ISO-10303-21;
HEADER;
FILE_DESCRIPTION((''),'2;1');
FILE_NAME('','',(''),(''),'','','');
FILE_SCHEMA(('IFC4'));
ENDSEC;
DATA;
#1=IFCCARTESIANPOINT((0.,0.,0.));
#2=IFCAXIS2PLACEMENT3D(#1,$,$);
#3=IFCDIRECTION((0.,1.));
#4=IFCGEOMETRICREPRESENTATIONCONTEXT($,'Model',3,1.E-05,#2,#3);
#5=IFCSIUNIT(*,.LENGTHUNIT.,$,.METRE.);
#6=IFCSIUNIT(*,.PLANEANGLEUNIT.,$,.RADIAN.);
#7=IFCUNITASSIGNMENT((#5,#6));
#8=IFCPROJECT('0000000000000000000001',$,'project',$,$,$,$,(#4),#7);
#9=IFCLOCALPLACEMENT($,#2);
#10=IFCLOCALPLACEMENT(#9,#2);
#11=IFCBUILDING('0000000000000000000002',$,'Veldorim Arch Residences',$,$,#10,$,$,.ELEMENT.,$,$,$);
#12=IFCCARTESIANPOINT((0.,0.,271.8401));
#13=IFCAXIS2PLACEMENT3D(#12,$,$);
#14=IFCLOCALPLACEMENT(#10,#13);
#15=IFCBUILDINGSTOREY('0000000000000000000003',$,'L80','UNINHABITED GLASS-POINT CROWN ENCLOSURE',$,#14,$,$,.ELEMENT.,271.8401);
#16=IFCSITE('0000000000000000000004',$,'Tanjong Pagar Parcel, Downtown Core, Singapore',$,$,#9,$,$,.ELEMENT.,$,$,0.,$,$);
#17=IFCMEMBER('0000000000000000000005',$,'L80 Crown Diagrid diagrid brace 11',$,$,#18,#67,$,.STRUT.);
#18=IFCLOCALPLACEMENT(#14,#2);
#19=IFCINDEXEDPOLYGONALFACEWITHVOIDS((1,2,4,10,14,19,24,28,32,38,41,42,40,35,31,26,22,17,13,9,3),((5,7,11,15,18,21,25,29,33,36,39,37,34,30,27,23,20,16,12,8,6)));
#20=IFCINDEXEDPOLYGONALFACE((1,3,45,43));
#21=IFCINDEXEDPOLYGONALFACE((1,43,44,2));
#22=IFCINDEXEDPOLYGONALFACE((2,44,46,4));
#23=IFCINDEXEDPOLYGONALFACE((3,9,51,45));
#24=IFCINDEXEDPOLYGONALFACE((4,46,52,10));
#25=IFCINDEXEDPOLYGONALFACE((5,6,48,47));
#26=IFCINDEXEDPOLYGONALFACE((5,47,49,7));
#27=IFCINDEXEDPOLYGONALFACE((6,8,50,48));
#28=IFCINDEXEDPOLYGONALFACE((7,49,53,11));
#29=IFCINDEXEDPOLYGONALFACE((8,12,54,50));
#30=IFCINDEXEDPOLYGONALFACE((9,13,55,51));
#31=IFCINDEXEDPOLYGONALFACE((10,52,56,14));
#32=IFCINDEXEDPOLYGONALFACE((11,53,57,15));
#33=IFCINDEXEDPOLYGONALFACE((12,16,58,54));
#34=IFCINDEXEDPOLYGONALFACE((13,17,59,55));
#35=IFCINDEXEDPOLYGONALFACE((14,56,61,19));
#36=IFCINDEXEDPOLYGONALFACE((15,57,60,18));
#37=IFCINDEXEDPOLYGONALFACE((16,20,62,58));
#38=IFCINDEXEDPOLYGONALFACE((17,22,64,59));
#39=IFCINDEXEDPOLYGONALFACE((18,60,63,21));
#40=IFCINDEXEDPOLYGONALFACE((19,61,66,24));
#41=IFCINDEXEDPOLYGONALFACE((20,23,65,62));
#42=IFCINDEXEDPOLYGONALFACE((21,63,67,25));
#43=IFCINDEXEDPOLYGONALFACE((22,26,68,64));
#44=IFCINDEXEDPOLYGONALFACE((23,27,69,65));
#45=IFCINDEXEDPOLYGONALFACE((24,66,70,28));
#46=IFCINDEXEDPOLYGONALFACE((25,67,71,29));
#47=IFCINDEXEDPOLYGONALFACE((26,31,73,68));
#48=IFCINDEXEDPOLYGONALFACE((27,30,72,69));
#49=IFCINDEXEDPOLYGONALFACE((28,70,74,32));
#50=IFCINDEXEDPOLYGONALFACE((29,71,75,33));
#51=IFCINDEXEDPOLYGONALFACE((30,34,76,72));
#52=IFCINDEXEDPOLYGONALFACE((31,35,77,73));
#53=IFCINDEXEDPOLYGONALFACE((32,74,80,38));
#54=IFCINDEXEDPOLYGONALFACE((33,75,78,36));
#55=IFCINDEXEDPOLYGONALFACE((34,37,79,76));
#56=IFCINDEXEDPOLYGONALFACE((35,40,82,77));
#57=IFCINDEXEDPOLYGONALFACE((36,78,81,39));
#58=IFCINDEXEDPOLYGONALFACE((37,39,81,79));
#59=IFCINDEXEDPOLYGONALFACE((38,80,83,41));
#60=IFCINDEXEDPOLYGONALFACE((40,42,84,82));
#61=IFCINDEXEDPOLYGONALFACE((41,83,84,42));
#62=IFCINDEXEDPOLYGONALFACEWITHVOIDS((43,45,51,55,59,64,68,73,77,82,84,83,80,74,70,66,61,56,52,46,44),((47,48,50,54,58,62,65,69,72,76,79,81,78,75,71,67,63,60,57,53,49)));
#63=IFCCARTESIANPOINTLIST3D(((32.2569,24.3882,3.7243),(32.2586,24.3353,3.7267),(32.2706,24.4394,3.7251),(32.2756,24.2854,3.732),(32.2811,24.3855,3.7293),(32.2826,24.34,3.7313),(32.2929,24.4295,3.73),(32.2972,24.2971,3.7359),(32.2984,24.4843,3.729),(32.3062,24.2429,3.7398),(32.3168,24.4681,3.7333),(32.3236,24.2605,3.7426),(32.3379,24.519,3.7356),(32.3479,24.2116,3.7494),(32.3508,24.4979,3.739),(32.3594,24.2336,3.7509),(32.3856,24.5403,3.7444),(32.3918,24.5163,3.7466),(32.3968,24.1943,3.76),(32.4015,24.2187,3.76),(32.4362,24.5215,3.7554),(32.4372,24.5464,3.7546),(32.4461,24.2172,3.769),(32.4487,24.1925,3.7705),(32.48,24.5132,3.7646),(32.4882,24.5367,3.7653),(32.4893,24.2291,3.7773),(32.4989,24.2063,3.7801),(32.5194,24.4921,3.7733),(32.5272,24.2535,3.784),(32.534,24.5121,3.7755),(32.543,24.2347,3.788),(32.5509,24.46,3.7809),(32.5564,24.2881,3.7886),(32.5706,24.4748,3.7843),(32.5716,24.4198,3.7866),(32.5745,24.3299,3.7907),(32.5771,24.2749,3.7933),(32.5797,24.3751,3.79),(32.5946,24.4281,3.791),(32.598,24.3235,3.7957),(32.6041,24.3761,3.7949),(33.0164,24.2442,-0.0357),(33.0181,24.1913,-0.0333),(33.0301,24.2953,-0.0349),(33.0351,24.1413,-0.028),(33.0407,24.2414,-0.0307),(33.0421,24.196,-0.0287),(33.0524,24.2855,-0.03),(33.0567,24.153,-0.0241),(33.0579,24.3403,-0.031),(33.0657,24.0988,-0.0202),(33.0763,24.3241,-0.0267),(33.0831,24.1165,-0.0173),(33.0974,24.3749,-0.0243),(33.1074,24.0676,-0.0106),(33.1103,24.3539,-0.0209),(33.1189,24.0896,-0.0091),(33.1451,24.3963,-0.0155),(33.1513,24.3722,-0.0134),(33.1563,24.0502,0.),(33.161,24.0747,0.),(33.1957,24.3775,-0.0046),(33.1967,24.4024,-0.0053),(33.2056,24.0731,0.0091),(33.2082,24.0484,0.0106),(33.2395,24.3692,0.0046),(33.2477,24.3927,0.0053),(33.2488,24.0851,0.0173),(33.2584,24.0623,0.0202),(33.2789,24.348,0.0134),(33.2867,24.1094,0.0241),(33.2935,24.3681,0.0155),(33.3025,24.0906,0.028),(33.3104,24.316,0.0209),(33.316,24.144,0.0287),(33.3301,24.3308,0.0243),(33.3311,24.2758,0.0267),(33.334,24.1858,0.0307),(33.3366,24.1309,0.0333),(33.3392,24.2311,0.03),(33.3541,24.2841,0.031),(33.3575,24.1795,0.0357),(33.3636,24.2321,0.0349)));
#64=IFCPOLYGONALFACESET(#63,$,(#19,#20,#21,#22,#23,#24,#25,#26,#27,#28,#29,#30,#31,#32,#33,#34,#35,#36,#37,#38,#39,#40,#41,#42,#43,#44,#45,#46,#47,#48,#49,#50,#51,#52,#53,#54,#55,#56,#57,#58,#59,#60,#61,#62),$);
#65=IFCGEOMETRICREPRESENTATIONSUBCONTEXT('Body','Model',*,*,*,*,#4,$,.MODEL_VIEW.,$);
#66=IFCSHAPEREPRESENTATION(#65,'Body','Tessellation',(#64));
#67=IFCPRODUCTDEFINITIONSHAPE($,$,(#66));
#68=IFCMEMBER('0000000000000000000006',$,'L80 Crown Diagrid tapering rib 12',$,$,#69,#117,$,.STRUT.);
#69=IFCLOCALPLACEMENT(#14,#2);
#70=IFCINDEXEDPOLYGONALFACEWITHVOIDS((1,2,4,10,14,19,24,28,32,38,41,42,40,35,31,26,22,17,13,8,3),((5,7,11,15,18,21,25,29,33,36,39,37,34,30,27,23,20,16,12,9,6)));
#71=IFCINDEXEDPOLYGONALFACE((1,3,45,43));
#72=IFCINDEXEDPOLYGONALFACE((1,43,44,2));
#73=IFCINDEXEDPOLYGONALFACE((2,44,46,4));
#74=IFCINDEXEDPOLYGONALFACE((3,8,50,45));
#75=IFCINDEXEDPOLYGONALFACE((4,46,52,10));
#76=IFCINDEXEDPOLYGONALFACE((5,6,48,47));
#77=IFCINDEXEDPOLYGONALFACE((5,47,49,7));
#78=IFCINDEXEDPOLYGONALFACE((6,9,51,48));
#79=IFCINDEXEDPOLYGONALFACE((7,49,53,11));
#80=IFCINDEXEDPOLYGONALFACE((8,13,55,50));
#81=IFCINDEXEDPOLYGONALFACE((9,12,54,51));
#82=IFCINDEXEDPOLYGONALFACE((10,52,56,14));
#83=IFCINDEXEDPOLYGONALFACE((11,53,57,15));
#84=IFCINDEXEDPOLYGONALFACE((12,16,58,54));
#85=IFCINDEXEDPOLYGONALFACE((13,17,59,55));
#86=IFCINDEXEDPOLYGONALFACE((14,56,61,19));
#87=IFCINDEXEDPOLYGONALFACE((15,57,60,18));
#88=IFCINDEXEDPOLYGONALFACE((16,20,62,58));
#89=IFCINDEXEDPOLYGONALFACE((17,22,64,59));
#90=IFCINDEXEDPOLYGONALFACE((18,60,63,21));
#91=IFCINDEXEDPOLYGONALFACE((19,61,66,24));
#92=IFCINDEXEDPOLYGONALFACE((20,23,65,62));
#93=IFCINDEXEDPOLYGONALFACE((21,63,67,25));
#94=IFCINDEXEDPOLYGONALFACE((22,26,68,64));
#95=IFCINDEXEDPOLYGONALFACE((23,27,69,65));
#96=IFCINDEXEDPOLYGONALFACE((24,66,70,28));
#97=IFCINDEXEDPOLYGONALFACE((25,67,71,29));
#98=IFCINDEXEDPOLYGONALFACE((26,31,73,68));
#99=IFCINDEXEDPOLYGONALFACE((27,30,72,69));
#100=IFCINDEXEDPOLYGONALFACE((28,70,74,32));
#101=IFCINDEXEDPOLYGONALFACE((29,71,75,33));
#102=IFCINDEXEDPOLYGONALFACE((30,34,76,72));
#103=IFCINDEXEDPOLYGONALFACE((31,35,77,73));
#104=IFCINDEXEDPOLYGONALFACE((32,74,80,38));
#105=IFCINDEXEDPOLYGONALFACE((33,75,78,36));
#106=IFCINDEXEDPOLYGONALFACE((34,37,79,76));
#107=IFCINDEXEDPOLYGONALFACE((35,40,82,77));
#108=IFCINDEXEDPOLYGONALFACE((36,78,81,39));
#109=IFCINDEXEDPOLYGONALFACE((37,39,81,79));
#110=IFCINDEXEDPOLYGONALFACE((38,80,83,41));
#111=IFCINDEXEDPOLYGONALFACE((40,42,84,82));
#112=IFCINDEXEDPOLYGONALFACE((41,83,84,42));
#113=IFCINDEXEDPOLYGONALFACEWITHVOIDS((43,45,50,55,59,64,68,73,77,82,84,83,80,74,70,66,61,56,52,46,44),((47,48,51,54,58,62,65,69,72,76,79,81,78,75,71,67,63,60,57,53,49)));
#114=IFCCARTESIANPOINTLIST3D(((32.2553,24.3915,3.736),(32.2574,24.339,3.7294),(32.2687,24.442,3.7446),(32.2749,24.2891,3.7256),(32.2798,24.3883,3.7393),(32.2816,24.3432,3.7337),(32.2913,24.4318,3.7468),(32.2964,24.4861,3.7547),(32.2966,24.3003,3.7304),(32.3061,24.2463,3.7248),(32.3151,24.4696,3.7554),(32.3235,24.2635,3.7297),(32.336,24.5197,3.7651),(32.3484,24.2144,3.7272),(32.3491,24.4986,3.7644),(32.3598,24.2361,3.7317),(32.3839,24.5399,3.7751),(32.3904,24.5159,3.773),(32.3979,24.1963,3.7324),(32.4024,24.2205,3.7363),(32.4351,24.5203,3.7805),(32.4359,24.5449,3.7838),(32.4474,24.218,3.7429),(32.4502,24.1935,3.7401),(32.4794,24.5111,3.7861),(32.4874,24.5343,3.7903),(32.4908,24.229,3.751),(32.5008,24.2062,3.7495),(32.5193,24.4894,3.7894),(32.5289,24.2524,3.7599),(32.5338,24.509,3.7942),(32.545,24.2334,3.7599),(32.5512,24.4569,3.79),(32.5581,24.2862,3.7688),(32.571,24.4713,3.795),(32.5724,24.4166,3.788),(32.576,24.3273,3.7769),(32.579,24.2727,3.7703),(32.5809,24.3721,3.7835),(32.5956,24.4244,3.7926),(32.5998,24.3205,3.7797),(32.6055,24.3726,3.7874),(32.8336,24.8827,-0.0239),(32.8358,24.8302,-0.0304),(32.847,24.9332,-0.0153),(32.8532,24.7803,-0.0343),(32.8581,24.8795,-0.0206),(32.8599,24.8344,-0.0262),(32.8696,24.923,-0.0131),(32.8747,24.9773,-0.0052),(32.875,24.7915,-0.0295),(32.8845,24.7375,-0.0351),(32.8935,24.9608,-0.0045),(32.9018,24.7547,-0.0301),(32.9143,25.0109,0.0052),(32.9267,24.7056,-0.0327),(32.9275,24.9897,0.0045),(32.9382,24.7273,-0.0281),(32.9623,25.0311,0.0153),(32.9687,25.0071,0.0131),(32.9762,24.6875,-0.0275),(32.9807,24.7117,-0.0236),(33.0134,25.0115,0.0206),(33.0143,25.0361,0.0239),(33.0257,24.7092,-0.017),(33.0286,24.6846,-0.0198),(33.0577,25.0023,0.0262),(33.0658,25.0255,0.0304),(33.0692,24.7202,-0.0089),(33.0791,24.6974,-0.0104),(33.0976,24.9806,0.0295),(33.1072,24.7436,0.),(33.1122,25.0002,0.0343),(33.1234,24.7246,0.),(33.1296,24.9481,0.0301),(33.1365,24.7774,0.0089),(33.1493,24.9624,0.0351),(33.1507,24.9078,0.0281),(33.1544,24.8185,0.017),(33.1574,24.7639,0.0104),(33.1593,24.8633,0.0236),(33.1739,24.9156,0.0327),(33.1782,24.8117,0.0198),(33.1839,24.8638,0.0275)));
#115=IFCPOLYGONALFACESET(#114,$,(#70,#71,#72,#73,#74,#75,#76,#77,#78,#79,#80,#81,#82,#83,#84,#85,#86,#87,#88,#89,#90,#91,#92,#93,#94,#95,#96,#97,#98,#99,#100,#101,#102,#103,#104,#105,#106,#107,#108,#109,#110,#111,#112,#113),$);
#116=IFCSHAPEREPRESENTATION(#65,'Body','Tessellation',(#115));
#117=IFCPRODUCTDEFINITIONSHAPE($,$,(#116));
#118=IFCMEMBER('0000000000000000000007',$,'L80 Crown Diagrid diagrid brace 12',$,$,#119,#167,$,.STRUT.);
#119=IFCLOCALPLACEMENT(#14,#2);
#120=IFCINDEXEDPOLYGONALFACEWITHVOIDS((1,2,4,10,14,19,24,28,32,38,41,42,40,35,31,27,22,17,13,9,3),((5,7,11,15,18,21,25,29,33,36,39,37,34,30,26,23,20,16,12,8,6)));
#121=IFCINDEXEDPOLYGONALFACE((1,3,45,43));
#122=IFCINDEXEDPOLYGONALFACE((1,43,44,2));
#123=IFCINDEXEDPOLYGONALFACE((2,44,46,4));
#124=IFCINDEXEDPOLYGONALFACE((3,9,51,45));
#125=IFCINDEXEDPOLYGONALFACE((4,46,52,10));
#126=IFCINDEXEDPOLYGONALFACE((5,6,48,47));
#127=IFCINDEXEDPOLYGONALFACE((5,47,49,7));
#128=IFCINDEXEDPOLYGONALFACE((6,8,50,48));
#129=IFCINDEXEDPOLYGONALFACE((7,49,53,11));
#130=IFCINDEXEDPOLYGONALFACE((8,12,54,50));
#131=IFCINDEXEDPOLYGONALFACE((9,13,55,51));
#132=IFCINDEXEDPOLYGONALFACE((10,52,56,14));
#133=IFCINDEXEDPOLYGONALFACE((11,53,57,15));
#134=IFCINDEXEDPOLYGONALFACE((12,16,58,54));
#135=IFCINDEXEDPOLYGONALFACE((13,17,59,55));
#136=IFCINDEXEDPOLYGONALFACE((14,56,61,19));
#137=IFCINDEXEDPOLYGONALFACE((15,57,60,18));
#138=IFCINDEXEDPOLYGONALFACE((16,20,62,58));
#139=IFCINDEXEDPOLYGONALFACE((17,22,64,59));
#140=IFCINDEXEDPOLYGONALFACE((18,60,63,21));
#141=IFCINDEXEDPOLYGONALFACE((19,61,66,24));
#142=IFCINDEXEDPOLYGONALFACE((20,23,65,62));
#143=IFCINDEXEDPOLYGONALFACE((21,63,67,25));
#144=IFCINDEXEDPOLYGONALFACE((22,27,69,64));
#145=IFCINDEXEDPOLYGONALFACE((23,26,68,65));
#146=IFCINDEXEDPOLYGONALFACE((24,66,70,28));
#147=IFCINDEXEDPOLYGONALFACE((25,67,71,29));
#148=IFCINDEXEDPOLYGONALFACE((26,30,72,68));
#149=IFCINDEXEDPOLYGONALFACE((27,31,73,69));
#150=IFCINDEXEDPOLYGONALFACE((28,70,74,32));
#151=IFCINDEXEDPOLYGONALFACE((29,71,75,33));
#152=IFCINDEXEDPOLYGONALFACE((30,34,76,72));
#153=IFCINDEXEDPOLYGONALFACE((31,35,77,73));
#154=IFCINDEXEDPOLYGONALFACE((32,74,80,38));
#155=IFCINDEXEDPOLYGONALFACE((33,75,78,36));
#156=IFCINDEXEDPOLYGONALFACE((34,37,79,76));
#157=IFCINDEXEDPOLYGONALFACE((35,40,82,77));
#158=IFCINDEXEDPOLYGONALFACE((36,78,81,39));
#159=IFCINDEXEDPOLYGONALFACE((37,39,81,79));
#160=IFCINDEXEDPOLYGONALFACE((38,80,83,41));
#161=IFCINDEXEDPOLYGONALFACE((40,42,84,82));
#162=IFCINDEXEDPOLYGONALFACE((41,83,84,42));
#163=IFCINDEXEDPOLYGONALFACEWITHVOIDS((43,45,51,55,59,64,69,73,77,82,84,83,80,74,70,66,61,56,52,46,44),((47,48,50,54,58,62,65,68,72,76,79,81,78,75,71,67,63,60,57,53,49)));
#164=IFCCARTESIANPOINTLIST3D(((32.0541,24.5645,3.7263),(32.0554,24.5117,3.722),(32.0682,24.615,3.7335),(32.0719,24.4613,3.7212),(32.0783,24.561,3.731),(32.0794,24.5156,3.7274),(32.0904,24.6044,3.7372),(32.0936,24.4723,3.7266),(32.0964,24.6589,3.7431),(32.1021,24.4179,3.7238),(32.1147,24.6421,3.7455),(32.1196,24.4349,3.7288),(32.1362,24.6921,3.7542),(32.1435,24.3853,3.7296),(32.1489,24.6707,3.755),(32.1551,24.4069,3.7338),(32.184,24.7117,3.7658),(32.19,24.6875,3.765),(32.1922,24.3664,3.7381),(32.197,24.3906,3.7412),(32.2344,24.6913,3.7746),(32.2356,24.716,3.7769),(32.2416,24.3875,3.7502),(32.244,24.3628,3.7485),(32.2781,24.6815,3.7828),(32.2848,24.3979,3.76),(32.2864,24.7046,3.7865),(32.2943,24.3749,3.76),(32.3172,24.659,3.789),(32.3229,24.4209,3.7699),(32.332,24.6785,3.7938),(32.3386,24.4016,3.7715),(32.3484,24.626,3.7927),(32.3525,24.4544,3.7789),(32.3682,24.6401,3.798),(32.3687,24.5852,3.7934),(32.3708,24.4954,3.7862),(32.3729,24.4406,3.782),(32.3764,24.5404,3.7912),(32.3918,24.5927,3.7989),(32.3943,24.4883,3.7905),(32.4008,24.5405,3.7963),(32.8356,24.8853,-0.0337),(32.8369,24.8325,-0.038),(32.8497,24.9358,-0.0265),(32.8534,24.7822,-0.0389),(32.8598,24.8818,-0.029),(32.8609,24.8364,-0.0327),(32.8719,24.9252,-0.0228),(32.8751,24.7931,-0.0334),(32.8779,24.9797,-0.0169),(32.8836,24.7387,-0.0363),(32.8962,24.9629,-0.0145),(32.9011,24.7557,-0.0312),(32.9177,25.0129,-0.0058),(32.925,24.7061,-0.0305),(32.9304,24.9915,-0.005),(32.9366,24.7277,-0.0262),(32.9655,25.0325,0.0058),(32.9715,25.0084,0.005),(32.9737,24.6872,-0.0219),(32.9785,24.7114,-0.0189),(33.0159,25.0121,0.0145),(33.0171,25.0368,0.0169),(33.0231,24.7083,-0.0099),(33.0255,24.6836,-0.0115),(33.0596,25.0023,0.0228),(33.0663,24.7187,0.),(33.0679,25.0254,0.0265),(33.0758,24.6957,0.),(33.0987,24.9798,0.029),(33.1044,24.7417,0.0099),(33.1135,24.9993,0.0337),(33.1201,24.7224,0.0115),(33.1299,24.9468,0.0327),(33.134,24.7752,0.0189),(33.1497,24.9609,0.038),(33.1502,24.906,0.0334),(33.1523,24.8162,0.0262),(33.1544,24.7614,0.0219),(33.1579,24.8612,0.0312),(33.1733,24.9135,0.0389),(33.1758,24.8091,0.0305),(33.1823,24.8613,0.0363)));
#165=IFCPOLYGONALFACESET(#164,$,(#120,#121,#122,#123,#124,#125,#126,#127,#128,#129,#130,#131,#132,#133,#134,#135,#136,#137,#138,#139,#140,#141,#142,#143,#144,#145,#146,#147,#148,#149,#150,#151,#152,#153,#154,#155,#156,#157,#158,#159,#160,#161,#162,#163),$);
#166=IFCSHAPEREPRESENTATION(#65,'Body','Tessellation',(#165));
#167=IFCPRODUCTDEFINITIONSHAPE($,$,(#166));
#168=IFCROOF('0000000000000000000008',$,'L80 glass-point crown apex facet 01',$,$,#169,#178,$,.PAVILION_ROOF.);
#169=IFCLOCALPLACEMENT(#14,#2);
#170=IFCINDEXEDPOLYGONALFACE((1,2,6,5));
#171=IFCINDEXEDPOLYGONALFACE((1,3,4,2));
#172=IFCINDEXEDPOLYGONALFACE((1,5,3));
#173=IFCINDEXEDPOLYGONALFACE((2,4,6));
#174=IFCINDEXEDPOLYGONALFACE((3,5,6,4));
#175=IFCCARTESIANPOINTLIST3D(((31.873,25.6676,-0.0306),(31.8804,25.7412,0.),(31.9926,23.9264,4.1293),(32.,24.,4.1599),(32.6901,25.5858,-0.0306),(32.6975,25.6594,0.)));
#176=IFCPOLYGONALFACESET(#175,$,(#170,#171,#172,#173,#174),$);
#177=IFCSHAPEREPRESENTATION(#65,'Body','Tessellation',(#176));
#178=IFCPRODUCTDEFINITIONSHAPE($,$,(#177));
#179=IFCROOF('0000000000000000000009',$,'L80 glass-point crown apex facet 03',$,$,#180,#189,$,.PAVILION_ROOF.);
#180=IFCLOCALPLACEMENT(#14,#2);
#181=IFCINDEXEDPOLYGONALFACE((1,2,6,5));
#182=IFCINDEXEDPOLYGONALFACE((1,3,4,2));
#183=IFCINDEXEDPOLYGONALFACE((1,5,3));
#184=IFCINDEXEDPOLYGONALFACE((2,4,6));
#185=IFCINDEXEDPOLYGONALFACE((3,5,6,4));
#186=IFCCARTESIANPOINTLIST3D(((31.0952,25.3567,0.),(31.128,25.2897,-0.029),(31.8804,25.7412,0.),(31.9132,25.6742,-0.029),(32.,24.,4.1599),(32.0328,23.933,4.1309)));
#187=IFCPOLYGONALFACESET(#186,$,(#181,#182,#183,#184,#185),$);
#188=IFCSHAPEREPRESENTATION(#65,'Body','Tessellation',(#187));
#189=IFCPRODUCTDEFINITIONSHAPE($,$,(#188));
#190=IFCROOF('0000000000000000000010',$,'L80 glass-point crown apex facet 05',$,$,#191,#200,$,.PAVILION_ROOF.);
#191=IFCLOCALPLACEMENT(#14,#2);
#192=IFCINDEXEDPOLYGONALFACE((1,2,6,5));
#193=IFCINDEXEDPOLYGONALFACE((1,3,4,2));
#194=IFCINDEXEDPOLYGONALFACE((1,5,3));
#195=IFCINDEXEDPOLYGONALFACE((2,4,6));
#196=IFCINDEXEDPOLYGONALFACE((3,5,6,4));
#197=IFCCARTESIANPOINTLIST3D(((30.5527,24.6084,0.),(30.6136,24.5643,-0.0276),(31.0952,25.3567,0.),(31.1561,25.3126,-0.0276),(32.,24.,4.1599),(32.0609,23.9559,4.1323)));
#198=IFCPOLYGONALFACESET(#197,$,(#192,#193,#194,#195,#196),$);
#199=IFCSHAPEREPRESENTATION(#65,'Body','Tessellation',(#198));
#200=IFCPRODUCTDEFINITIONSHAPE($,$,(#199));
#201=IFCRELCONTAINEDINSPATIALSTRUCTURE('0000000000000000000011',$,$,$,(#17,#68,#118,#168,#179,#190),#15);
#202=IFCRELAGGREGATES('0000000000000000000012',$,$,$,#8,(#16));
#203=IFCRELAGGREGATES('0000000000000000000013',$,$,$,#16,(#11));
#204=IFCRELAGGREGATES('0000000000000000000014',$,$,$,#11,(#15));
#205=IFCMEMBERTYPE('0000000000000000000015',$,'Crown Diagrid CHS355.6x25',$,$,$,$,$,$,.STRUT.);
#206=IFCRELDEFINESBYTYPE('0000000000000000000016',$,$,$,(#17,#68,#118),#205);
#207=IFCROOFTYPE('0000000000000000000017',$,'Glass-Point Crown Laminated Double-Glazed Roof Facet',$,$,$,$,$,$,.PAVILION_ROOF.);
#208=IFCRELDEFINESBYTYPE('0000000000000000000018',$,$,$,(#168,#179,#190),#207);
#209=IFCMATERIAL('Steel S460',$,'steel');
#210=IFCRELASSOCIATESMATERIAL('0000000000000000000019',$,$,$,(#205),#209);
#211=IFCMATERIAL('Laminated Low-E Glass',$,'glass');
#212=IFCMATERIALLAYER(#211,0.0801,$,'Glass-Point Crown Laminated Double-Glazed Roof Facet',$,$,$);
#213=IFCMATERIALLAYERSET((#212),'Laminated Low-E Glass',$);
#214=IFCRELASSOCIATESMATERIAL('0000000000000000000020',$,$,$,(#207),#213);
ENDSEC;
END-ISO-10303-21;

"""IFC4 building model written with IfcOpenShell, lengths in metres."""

from ifc_helpers import new_model, si_unit, direction, frame, origin, origin_2d, place, context, subcontext, project, spatial, polyline, hollow_circle, outline, extrude, material, layer, layer_set, material_profile, profile_set, type_object, element, save


model = new_model("IFC4")

# Units and contexts
model_context = context("Model", 3, precision=1e-05, world=origin(), true_north=direction((0.0, 1.0)))
body_context = subcontext(model_context, "Body", "Model", "MODEL_VIEW")
ifc_project = project(units=[si_unit("LENGTHUNIT", "METRE"), si_unit("PLANEANGLEUNIT", "RADIAN")], contexts=[model_context])

# Site, building, storey
site_placement = place(None, origin())
site = spatial("IfcSite", under=ifc_project, at=site_placement, Name="Tanjong Pagar Parcel, Downtown Core, Singapore", CompositionType="ELEMENT", RefElevation=0.0)
building_placement = place(site_placement, origin())
building = spatial("IfcBuilding", under=site, at=building_placement, Name="Veldorim Arch Residences", CompositionType="ELEMENT")
storey_placement = place(building_placement, frame((0.0, 0.0, 271.8401)))
storey = spatial("IfcBuildingStorey", under=building, at=storey_placement, Name="L80", Description="UNINHABITED GLASS-POINT CROWN ENCLOSURE", CompositionType="ELEMENT", Elevation=271.8401)

# Members
ifc_material_1 = material(Name="Steel S460", Category="steel")
ifc_material_profile = material_profile(ifc_material_1, hollow_circle(Radius=0.1777, WallThickness=0.0249, at=origin_2d()), Name="CHS355.6x25")
ifc_profile_set = profile_set([ifc_material_profile], Name="Steel S460")
member_type = type_object("IfcMemberType", Name="Crown Diagrid CHS355.6x25", PredefinedType="STRUT", material=ifc_profile_set)
member_1_placement = place(storey_placement, frame((33.1895, 24.2249, 0.0), z_axis=(-0.197861, 0.037524, 0.979512), x_axis=(-0.186328, -0.982488, 0.0)))
element("IfcMember", 1, at=member_1_placement, inside=storey, type_object=member_type, Name="L80 Crown Diagrid diagrid brace 11", PredefinedType="STRUT", context=body_context, shape_type="SweptSolid", body=[
    extrude(hollow_circle(Radius=0.1777, WallThickness=0.0249, at=origin_2d()), origin(), (0.0, 0.0, 1.0), 3.8386),
])
member_2_placement = place(storey_placement, frame((33.0083, 24.8601, 0.0), z_axis=(-0.150781, -0.128059, 0.980238), x_axis=(0.64734, -0.762201, 0.0)))
element("IfcMember", 2, at=member_2_placement, inside=storey, type_object=member_type, Name="L80 Crown Diagrid tapering rib 12", PredefinedType="STRUT", context=body_context, shape_type="SweptSolid", body=[
    extrude(hollow_circle(Radius=0.1777, WallThickness=0.0249, at=origin_2d()), origin(), (0.0, 0.0, 1.0), 3.8357),
])
member_3_placement = place(storey_placement, frame((33.0083, 24.8601, 0.0), z_axis=(-0.202788, -0.083244, 0.975678), x_axis=(0.379747, -0.925091, 0.0)))
element("IfcMember", 3, at=member_3_placement, inside=storey, type_object=member_type, Name="L80 Crown Diagrid diagrid brace 12", PredefinedType="STRUT", context=body_context, shape_type="SweptSolid", body=[
    extrude(hollow_circle(Radius=0.1777, WallThickness=0.0249, at=origin_2d()), origin(), (0.0, 0.0, 1.0), 3.8538),
])

# Roofs
ifc_material_2 = material(Name="Laminated Low-E Glass", Category="glass")
ifc_layer = layer(ifc_material_2, 0.0801, Name="Glass-Point Crown Laminated Double-Glazed Roof Facet")
ifc_layer_set = layer_set([ifc_layer], Name="Laminated Low-E Glass")
roof_type = type_object("IfcRoofType", Name="Glass-Point Crown Laminated Double-Glazed Roof Facet", PredefinedType="PAVILION_ROOF", material=ifc_layer_set)
roof_1_placement = place(storey_placement, frame((32.6975, 25.6594, 0.0), z_axis=(0.09203, 0.919478, 0.382218), x_axis=(-0.995028, 0.099592, 0.0)))
element("IfcRoof", 4, at=roof_1_placement, inside=storey, type_object=roof_type, Name="L80 glass-point crown apex facet 01", PredefinedType="PAVILION_ROOF", context=body_context, shape_type="SweptSolid", body=[
    extrude(outline(polyline([(0.0, 0.0), (0.8212, 0.0), (0.5288, 4.5017), (0.0, 0.0)])), origin(), (0.0, 0.0, -1.0), 0.0801),
])
roof_2_placement = place(storey_placement, frame((31.8804, 25.7412, 0.0), z_axis=(-0.409966, 0.837111, 0.362178), x_axis=(-0.898083, -0.439826, 0.0)))
element("IfcRoof", 5, at=roof_2_placement, inside=storey, type_object=roof_type, Name="L80 glass-point crown apex facet 03", PredefinedType="PAVILION_ROOF", context=body_context, shape_type="SweptSolid", body=[
    extrude(outline(polyline([(0.0, 0.0), (0.8743, 0.0), (0.6584, 4.4629), (0.0, 0.0)])), origin(), (0.0, 0.0, -1.0), 0.0801),
])
roof_3_placement = place(storey_placement, frame((31.0952, 25.3567, 0.0), z_axis=(-0.75993, 0.550918, 0.344959), x_axis=(-0.586946, -0.809626, 0.0)))
element("IfcRoof", 6, at=roof_3_placement, inside=storey, type_object=roof_type, Name="L80 glass-point crown apex facet 05", PredefinedType="PAVILION_ROOF", context=body_context, shape_type="SweptSolid", body=[
    extrude(outline(polyline([(0.0, 0.0), (0.9242, 0.0), (0.5674, 4.432), (0.0, 0.0)])), origin(), (0.0, 0.0, -1.0), 0.0801),
])

save(model, "model.ifc")
